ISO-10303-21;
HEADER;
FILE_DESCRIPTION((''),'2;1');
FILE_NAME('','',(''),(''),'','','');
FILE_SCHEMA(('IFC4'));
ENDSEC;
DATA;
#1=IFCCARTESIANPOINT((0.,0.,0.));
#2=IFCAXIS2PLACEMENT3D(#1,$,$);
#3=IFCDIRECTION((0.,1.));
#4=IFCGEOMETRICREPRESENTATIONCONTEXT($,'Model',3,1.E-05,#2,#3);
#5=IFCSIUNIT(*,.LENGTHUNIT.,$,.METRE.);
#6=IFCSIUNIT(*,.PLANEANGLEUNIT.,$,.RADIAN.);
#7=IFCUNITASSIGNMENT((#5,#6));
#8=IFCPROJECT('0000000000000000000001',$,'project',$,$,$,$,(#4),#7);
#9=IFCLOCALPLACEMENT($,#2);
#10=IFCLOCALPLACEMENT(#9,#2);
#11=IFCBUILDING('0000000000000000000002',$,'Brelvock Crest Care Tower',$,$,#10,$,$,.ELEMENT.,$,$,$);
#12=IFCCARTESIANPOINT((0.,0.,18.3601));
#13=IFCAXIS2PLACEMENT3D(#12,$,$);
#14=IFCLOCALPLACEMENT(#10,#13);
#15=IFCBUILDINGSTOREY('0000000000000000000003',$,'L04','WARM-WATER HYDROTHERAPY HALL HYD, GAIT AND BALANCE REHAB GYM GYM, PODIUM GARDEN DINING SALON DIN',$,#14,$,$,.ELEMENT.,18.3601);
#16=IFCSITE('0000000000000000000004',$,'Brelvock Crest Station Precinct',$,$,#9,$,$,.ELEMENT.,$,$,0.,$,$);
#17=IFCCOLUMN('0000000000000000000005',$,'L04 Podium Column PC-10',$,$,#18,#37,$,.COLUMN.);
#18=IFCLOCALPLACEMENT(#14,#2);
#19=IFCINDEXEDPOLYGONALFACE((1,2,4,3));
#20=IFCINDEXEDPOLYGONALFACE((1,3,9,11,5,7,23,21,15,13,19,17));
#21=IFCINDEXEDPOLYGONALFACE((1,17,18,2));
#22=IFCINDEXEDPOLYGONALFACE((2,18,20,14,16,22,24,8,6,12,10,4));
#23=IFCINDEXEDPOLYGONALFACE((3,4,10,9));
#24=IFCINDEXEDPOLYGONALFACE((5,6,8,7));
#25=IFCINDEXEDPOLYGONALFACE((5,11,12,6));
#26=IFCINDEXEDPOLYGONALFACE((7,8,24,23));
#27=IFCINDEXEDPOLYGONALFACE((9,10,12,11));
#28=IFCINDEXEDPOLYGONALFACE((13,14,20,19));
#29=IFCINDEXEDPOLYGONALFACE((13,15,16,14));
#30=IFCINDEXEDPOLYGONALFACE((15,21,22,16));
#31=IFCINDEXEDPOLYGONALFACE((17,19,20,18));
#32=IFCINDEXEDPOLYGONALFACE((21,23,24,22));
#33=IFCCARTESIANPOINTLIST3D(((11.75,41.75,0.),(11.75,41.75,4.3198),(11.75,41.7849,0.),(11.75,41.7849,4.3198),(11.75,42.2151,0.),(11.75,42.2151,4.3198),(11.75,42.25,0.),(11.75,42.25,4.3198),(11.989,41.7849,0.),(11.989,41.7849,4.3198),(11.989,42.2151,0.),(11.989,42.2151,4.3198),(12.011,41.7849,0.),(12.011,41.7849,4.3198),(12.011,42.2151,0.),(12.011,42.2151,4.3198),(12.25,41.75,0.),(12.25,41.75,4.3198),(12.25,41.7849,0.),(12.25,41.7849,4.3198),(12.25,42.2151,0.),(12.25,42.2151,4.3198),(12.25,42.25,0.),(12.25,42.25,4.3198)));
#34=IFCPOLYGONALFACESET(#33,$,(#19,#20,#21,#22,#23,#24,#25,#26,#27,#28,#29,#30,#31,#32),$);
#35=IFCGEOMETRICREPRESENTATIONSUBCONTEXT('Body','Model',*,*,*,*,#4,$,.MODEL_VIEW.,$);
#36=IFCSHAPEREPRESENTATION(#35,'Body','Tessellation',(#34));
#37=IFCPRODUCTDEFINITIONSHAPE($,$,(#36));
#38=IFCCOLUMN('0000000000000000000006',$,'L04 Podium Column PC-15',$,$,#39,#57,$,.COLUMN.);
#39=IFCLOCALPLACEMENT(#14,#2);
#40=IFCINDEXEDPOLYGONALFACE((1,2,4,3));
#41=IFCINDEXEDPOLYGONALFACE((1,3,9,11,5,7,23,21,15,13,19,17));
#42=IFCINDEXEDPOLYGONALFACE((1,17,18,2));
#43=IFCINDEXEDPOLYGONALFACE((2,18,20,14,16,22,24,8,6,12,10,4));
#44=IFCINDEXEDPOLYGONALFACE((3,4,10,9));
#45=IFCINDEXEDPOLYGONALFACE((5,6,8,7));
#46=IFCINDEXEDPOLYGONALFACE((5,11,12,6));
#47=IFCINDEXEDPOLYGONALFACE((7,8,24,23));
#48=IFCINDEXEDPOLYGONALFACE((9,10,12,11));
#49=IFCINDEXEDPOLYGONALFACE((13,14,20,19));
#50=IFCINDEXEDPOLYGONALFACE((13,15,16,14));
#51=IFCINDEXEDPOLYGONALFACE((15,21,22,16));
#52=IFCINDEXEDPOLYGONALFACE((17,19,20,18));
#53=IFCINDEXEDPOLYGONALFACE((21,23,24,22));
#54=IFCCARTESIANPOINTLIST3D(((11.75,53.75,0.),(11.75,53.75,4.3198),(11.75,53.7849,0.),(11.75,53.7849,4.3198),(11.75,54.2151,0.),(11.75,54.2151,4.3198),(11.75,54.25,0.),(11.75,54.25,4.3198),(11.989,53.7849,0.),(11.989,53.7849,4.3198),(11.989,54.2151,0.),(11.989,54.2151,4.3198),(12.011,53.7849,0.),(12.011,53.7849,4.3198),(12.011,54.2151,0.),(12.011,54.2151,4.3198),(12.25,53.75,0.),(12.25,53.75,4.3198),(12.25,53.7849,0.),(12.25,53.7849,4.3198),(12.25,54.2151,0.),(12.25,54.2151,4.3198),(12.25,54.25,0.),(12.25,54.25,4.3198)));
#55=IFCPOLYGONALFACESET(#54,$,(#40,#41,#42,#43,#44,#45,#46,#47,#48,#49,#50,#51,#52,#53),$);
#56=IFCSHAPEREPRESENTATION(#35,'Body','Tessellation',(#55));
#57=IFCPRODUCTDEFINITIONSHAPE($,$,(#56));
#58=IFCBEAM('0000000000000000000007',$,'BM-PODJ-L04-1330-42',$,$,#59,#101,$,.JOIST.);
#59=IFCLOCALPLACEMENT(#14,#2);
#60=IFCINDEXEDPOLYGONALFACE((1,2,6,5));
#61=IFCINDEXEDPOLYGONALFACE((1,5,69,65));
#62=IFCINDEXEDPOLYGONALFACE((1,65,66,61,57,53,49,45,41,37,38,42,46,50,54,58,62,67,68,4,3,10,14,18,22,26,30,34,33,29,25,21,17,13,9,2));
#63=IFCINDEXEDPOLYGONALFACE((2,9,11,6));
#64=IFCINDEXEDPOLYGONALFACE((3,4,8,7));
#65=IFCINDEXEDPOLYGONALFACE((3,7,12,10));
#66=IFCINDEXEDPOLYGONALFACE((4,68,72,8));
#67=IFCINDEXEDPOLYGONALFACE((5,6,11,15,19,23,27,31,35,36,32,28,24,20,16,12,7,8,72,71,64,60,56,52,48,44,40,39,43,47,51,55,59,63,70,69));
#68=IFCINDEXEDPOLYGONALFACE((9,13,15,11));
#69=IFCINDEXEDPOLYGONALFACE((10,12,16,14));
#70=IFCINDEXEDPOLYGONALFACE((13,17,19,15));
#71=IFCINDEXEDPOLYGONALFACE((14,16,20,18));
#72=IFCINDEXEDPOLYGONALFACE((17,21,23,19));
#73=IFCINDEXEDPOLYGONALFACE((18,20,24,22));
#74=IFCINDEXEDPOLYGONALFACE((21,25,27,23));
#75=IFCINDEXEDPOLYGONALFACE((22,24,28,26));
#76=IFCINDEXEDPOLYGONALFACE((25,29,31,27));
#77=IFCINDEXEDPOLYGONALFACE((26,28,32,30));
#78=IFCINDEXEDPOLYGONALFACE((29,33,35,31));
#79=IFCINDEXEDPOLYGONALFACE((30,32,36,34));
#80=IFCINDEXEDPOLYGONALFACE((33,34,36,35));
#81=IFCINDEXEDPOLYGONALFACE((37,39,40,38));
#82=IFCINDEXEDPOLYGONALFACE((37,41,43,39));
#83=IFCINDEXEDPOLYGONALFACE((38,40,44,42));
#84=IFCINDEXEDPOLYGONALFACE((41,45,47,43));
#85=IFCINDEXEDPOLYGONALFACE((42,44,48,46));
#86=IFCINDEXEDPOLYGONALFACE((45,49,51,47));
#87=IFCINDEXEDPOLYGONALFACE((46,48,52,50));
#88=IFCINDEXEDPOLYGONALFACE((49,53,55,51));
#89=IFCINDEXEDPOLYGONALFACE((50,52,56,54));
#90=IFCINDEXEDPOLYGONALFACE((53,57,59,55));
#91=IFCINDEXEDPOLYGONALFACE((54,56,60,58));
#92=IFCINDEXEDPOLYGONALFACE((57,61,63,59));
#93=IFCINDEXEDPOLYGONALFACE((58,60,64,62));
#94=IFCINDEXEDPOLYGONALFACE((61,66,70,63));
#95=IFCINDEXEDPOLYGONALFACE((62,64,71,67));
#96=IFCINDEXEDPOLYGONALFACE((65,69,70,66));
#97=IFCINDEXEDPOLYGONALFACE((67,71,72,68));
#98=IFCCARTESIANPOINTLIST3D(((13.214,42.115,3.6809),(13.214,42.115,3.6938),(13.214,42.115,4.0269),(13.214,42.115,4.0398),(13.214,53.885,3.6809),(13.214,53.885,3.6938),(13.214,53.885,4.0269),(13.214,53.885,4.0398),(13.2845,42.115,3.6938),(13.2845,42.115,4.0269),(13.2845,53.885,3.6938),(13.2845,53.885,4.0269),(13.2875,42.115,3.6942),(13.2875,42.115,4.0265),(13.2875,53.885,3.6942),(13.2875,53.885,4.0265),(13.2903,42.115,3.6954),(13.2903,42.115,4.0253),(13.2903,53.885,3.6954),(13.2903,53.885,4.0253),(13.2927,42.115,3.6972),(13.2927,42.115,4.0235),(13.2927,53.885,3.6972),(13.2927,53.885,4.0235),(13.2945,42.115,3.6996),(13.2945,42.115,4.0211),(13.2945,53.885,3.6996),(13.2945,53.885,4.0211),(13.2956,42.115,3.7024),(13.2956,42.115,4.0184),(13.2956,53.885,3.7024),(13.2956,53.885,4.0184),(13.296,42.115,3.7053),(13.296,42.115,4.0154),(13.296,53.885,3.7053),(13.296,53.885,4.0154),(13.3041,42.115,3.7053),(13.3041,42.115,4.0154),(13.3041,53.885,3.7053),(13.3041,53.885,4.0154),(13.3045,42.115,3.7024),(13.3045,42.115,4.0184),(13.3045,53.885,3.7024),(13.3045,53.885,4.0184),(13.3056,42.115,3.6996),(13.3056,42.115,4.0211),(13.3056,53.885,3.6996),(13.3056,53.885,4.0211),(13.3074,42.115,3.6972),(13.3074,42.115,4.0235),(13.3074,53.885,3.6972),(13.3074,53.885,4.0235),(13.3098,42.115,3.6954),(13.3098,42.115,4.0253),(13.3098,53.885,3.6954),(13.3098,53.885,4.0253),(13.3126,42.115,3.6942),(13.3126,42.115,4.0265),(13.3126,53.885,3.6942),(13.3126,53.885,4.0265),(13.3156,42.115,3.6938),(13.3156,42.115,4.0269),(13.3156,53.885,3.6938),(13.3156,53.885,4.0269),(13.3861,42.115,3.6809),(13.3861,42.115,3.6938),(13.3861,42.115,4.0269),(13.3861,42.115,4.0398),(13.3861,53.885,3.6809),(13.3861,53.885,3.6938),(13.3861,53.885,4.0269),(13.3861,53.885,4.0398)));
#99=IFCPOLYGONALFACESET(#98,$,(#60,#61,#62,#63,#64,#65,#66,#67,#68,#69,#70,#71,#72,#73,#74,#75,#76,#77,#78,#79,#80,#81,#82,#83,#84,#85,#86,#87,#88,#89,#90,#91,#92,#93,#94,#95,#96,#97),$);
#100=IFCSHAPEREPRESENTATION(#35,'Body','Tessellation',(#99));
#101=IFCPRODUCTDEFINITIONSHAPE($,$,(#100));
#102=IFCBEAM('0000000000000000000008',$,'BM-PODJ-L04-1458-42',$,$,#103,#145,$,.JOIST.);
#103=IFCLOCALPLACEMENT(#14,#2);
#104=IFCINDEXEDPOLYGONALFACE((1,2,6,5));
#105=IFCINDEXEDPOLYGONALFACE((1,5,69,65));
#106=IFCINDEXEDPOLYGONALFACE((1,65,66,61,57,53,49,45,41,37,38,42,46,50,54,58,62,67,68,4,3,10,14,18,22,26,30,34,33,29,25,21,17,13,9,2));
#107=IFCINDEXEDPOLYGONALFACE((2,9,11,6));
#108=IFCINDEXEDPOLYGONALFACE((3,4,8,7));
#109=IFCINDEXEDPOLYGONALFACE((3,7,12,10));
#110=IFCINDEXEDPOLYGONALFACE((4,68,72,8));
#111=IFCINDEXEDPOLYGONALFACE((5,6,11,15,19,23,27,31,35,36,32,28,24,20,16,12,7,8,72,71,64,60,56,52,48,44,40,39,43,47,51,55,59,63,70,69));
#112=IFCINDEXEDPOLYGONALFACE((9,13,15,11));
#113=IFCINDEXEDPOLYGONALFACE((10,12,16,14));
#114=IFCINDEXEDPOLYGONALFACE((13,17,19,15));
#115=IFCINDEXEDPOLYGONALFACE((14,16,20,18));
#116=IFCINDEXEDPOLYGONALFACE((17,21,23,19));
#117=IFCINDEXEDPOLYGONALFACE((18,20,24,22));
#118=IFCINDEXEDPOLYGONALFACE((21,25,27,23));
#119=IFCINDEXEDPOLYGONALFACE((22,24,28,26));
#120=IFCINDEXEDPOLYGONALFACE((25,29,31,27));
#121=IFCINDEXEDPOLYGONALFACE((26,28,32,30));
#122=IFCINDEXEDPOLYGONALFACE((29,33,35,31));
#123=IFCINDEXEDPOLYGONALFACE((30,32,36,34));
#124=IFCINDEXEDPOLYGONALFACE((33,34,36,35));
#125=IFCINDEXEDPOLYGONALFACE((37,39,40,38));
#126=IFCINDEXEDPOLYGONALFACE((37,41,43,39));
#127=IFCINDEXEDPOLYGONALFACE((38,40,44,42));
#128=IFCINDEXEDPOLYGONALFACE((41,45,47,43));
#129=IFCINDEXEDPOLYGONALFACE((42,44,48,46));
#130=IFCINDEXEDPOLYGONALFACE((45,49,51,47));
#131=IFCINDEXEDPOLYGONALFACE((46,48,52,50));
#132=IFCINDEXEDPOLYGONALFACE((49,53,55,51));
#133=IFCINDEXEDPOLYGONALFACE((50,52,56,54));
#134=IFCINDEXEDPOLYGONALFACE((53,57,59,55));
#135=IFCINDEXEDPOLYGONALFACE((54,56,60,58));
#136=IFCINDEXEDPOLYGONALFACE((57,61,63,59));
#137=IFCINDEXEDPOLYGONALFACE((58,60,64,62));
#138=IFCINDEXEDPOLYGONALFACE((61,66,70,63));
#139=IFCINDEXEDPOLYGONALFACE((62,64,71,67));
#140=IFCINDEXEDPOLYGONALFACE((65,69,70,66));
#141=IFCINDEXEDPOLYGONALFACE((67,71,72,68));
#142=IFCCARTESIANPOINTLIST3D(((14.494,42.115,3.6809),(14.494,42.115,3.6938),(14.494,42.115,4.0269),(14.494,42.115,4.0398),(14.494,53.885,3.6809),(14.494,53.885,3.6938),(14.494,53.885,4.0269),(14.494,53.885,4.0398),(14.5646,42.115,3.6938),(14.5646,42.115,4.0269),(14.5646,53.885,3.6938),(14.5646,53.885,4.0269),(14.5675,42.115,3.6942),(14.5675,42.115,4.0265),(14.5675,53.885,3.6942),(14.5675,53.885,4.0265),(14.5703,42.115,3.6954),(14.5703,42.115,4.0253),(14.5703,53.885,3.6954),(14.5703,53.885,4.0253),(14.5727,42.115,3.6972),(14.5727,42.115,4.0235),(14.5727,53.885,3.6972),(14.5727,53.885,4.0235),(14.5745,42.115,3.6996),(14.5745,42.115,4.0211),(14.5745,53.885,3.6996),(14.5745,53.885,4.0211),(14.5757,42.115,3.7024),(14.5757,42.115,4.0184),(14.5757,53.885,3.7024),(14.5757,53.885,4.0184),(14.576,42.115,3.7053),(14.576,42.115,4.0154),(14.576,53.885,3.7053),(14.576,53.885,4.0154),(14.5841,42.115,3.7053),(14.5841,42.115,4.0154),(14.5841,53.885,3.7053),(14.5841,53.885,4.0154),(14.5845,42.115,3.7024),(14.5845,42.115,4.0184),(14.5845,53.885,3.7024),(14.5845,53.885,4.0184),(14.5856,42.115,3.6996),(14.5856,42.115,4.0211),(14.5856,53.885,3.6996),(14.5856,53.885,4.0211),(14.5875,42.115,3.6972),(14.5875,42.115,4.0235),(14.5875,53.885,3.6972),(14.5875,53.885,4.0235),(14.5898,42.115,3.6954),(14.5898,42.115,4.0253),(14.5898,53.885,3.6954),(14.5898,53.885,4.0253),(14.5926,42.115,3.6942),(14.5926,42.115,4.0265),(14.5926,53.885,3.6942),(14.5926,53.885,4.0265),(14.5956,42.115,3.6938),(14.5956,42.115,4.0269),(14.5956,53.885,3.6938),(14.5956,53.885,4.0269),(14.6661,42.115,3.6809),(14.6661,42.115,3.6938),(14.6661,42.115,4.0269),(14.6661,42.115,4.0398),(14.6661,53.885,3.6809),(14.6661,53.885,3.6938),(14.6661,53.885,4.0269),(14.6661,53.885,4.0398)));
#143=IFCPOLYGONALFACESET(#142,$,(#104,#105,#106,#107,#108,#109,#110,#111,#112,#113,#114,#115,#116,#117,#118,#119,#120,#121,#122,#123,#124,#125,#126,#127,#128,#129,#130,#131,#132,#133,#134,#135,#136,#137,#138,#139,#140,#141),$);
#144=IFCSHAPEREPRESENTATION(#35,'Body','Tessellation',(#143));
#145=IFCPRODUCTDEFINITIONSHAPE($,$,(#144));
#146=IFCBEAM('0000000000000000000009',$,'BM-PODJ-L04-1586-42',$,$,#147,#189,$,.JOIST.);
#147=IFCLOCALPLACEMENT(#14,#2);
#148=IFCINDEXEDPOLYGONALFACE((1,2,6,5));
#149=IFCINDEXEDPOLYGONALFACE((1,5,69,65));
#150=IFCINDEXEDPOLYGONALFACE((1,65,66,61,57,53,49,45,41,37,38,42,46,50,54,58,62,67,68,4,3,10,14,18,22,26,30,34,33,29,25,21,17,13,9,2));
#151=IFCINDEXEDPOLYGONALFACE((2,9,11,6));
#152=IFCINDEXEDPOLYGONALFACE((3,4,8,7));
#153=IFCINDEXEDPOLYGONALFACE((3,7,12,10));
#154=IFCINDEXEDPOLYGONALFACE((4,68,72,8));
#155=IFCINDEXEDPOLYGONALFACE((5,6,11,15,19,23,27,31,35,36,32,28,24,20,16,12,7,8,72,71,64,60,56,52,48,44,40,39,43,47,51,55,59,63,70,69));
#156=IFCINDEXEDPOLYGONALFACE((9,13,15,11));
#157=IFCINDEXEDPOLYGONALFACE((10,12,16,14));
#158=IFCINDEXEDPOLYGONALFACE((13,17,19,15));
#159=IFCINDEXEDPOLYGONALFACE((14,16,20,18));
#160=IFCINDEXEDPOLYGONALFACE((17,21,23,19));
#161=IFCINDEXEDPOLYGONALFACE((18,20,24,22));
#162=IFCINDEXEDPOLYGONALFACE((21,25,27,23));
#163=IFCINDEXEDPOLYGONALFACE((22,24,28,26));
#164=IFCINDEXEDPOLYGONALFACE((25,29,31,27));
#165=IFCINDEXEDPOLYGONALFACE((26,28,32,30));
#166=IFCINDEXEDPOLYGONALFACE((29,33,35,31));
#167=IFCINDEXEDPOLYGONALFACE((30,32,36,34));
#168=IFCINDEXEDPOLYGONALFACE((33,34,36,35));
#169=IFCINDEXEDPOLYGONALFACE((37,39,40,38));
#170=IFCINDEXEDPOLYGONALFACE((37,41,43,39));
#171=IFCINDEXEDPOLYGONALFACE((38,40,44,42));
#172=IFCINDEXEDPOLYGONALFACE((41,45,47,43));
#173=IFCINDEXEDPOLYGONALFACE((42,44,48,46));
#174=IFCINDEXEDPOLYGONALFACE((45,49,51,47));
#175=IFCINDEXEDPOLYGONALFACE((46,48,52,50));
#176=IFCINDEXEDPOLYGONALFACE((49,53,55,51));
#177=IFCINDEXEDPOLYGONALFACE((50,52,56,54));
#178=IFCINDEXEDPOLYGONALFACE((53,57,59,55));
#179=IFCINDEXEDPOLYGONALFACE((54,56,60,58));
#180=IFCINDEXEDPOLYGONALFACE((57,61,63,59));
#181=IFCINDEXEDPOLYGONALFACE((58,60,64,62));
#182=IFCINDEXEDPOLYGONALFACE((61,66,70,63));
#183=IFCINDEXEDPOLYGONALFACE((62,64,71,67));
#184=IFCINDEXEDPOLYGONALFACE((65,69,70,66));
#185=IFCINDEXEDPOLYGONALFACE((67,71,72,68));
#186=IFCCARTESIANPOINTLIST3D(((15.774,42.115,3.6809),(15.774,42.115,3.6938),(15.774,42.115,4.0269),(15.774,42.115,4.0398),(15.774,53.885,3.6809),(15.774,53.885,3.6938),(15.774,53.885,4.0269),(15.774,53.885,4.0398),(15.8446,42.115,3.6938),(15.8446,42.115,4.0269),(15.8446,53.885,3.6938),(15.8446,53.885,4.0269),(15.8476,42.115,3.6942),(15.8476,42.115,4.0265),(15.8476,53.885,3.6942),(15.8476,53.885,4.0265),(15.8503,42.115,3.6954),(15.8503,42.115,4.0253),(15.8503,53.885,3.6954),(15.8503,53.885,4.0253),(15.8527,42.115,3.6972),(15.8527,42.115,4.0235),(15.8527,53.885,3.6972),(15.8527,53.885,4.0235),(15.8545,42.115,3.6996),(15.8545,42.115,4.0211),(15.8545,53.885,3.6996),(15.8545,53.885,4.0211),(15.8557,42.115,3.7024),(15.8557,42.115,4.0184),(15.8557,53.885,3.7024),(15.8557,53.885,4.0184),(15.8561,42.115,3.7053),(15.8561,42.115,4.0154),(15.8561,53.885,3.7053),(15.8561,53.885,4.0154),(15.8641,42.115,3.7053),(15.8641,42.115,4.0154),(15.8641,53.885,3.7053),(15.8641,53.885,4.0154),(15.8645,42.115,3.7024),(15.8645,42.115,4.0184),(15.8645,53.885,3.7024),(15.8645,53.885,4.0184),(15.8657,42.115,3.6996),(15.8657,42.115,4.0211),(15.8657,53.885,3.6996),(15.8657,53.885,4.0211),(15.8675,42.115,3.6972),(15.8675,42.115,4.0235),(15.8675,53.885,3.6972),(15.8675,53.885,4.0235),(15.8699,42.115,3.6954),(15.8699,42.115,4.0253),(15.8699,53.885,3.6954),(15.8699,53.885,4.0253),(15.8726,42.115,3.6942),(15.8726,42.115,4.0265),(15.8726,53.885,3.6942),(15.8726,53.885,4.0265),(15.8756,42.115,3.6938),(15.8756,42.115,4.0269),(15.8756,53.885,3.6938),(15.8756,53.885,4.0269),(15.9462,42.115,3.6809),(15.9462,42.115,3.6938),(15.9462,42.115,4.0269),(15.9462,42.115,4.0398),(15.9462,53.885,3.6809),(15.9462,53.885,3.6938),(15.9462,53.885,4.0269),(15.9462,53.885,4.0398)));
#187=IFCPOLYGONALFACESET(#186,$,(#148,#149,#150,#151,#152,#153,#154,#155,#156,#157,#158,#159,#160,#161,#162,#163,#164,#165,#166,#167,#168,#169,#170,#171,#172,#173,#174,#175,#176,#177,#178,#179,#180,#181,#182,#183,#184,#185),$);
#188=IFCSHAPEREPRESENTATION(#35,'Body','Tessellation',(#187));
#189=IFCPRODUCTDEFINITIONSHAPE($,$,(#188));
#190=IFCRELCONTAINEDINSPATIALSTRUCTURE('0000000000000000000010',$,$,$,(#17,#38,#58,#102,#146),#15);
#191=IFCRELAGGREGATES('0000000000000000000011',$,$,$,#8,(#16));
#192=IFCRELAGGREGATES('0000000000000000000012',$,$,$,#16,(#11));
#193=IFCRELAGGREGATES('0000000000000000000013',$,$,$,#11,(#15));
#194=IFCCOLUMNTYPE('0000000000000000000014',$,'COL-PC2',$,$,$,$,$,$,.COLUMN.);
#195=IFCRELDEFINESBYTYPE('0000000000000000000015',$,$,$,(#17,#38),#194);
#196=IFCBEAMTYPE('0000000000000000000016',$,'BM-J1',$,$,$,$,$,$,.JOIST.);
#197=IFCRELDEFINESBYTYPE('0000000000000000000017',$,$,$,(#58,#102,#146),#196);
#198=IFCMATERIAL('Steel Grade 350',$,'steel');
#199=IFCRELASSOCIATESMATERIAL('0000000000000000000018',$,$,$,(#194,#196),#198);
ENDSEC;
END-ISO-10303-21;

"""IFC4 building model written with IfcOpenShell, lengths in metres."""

from ifc_helpers import new_model, si_unit, direction, frame, origin, origin_2d, place, context, subcontext, project, spatial, i_section, extrude, source, transform, mapped, material, material_profile, profile_set, type_object, element, save


model = new_model("IFC4")

# Units and contexts
model_context = context("Model", 3, precision=1e-05, world=origin(), true_north=direction((0.0, 1.0)))
body_context = subcontext(model_context, "Body", "Model", "MODEL_VIEW")
ifc_project = project(units=[si_unit("LENGTHUNIT", "METRE"), si_unit("PLANEANGLEUNIT", "RADIAN")], contexts=[model_context])

# Site, building, storey
site_placement = place(None, origin())
site = spatial("IfcSite", under=ifc_project, at=site_placement, Name="Brelvock Crest Station Precinct", CompositionType="ELEMENT", RefElevation=0.0)
building_placement = place(site_placement, origin())
building = spatial("IfcBuilding", under=site, at=building_placement, Name="Brelvock Crest Care Tower", CompositionType="ELEMENT")
storey_placement = place(building_placement, frame((0.0, 0.0, 18.3601)))
storey = spatial("IfcBuildingStorey", under=building, at=storey_placement, Name="L04", Description="WARM-WATER HYDROTHERAPY HALL HYD, GAIT AND BALANCE REHAB GYM GYM, PODIUM GARDEN DINING SALON DIN", CompositionType="ELEMENT", Elevation=18.3601)

# Columns
ifc_material_1 = material(Name="Steel Grade 350", Category="steel")
ifc_material_profile_1 = material_profile(ifc_material_1, i_section(OverallWidth=0.5, OverallDepth=0.5, WebThickness=0.022, FlangeThickness=0.0349, at=origin_2d()), Name="500WC340")
ifc_profile_set_1 = profile_set([ifc_material_profile_1], Name="Steel Grade 350")
column_type = type_object("IfcColumnType", Name="COL-PC2", PredefinedType="COLUMN", material=ifc_profile_set_1)
shared_shape_1 = source(origin(), body_context, "Body", "SweptSolid", [
    extrude(i_section(OverallWidth=0.5, OverallDepth=0.5, WebThickness=0.022, FlangeThickness=0.0349, at=origin_2d()), origin(), (0.0, 0.0, 1.0), 4.3198),
])
for number, where, z_axis, x_axis, name in (
    (1, (12.0, 42.0, 0.0), (0.0, 0.0, 1.0), (1.0, 0.0, 0.0), "L04 Podium Column PC-10"),
    (2, (12.0, 54.0, 0.0), (0.0, 0.0, 1.0), (1.0, 0.0, 0.0), "L04 Podium Column PC-15"),
):
    element("IfcColumn", number, at=place(storey_placement, frame(where, z_axis=z_axis, x_axis=x_axis)), inside=storey, type_object=column_type, Name=name, PredefinedType="COLUMN", context=body_context, shape_type="MappedRepresentation", body=[
        mapped(shared_shape_1, transform((0.0, 0.0, 0.0), x_axis=(1.0, 0.0, 0.0), y_axis=(0.0, 1.0, 0.0), z_axis=(0.0, 0.0, 1.0), scale=1.0)),
    ])

# Beams
ifc_material_profile_2 = material_profile(ifc_material_1, i_section(OverallWidth=0.1721, OverallDepth=0.3589, WebThickness=0.0081, FlangeThickness=0.0129, FilletRadius=0.0115, at=origin_2d()), Name="360UB56.7")
ifc_profile_set_2 = profile_set([ifc_material_profile_2], Name="Steel Grade 350")
beam_type_1 = type_object("IfcBeamType", Name="BM-J1", PredefinedType="JOIST", material=ifc_profile_set_2)
shared_shape_2 = source(origin(), body_context, "Body", "SweptSolid", [
    extrude(i_section(OverallWidth=0.1721, OverallDepth=0.3589, WebThickness=0.0081, FlangeThickness=0.0129, FilletRadius=0.0115, at=origin_2d()), origin(), (0.0, 0.0, 1.0), 11.77),
])
for number, where, z_axis, x_axis, name in (
    (3, (13.3, 42.115, 3.8604), (0.0, 1.0, 0.0), (-1.0, 0.0, 0.0), "BM-PODJ-L04-1330-42"),
    (4, (14.5801, 42.115, 3.8604), (0.0, 1.0, 0.0), (-1.0, 0.0, 0.0), "BM-PODJ-L04-1458-42"),
    (5, (15.8601, 42.115, 3.8604), (0.0, 1.0, 0.0), (-1.0, 0.0, 0.0), "BM-PODJ-L04-1586-42"),
):
    element("IfcBeam", number, at=place(storey_placement, frame(where, z_axis=z_axis, x_axis=x_axis)), inside=storey, type_object=beam_type_1, Name=name, PredefinedType="JOIST", context=body_context, shape_type="MappedRepresentation", body=[
        mapped(shared_shape_2, transform((0.0, 0.0, 0.0), x_axis=(1.0, 0.0, 0.0), y_axis=(0.0, 1.0, 0.0), z_axis=(0.0, 0.0, 1.0), scale=1.0)),
    ])

save(model, "model.ifc")
